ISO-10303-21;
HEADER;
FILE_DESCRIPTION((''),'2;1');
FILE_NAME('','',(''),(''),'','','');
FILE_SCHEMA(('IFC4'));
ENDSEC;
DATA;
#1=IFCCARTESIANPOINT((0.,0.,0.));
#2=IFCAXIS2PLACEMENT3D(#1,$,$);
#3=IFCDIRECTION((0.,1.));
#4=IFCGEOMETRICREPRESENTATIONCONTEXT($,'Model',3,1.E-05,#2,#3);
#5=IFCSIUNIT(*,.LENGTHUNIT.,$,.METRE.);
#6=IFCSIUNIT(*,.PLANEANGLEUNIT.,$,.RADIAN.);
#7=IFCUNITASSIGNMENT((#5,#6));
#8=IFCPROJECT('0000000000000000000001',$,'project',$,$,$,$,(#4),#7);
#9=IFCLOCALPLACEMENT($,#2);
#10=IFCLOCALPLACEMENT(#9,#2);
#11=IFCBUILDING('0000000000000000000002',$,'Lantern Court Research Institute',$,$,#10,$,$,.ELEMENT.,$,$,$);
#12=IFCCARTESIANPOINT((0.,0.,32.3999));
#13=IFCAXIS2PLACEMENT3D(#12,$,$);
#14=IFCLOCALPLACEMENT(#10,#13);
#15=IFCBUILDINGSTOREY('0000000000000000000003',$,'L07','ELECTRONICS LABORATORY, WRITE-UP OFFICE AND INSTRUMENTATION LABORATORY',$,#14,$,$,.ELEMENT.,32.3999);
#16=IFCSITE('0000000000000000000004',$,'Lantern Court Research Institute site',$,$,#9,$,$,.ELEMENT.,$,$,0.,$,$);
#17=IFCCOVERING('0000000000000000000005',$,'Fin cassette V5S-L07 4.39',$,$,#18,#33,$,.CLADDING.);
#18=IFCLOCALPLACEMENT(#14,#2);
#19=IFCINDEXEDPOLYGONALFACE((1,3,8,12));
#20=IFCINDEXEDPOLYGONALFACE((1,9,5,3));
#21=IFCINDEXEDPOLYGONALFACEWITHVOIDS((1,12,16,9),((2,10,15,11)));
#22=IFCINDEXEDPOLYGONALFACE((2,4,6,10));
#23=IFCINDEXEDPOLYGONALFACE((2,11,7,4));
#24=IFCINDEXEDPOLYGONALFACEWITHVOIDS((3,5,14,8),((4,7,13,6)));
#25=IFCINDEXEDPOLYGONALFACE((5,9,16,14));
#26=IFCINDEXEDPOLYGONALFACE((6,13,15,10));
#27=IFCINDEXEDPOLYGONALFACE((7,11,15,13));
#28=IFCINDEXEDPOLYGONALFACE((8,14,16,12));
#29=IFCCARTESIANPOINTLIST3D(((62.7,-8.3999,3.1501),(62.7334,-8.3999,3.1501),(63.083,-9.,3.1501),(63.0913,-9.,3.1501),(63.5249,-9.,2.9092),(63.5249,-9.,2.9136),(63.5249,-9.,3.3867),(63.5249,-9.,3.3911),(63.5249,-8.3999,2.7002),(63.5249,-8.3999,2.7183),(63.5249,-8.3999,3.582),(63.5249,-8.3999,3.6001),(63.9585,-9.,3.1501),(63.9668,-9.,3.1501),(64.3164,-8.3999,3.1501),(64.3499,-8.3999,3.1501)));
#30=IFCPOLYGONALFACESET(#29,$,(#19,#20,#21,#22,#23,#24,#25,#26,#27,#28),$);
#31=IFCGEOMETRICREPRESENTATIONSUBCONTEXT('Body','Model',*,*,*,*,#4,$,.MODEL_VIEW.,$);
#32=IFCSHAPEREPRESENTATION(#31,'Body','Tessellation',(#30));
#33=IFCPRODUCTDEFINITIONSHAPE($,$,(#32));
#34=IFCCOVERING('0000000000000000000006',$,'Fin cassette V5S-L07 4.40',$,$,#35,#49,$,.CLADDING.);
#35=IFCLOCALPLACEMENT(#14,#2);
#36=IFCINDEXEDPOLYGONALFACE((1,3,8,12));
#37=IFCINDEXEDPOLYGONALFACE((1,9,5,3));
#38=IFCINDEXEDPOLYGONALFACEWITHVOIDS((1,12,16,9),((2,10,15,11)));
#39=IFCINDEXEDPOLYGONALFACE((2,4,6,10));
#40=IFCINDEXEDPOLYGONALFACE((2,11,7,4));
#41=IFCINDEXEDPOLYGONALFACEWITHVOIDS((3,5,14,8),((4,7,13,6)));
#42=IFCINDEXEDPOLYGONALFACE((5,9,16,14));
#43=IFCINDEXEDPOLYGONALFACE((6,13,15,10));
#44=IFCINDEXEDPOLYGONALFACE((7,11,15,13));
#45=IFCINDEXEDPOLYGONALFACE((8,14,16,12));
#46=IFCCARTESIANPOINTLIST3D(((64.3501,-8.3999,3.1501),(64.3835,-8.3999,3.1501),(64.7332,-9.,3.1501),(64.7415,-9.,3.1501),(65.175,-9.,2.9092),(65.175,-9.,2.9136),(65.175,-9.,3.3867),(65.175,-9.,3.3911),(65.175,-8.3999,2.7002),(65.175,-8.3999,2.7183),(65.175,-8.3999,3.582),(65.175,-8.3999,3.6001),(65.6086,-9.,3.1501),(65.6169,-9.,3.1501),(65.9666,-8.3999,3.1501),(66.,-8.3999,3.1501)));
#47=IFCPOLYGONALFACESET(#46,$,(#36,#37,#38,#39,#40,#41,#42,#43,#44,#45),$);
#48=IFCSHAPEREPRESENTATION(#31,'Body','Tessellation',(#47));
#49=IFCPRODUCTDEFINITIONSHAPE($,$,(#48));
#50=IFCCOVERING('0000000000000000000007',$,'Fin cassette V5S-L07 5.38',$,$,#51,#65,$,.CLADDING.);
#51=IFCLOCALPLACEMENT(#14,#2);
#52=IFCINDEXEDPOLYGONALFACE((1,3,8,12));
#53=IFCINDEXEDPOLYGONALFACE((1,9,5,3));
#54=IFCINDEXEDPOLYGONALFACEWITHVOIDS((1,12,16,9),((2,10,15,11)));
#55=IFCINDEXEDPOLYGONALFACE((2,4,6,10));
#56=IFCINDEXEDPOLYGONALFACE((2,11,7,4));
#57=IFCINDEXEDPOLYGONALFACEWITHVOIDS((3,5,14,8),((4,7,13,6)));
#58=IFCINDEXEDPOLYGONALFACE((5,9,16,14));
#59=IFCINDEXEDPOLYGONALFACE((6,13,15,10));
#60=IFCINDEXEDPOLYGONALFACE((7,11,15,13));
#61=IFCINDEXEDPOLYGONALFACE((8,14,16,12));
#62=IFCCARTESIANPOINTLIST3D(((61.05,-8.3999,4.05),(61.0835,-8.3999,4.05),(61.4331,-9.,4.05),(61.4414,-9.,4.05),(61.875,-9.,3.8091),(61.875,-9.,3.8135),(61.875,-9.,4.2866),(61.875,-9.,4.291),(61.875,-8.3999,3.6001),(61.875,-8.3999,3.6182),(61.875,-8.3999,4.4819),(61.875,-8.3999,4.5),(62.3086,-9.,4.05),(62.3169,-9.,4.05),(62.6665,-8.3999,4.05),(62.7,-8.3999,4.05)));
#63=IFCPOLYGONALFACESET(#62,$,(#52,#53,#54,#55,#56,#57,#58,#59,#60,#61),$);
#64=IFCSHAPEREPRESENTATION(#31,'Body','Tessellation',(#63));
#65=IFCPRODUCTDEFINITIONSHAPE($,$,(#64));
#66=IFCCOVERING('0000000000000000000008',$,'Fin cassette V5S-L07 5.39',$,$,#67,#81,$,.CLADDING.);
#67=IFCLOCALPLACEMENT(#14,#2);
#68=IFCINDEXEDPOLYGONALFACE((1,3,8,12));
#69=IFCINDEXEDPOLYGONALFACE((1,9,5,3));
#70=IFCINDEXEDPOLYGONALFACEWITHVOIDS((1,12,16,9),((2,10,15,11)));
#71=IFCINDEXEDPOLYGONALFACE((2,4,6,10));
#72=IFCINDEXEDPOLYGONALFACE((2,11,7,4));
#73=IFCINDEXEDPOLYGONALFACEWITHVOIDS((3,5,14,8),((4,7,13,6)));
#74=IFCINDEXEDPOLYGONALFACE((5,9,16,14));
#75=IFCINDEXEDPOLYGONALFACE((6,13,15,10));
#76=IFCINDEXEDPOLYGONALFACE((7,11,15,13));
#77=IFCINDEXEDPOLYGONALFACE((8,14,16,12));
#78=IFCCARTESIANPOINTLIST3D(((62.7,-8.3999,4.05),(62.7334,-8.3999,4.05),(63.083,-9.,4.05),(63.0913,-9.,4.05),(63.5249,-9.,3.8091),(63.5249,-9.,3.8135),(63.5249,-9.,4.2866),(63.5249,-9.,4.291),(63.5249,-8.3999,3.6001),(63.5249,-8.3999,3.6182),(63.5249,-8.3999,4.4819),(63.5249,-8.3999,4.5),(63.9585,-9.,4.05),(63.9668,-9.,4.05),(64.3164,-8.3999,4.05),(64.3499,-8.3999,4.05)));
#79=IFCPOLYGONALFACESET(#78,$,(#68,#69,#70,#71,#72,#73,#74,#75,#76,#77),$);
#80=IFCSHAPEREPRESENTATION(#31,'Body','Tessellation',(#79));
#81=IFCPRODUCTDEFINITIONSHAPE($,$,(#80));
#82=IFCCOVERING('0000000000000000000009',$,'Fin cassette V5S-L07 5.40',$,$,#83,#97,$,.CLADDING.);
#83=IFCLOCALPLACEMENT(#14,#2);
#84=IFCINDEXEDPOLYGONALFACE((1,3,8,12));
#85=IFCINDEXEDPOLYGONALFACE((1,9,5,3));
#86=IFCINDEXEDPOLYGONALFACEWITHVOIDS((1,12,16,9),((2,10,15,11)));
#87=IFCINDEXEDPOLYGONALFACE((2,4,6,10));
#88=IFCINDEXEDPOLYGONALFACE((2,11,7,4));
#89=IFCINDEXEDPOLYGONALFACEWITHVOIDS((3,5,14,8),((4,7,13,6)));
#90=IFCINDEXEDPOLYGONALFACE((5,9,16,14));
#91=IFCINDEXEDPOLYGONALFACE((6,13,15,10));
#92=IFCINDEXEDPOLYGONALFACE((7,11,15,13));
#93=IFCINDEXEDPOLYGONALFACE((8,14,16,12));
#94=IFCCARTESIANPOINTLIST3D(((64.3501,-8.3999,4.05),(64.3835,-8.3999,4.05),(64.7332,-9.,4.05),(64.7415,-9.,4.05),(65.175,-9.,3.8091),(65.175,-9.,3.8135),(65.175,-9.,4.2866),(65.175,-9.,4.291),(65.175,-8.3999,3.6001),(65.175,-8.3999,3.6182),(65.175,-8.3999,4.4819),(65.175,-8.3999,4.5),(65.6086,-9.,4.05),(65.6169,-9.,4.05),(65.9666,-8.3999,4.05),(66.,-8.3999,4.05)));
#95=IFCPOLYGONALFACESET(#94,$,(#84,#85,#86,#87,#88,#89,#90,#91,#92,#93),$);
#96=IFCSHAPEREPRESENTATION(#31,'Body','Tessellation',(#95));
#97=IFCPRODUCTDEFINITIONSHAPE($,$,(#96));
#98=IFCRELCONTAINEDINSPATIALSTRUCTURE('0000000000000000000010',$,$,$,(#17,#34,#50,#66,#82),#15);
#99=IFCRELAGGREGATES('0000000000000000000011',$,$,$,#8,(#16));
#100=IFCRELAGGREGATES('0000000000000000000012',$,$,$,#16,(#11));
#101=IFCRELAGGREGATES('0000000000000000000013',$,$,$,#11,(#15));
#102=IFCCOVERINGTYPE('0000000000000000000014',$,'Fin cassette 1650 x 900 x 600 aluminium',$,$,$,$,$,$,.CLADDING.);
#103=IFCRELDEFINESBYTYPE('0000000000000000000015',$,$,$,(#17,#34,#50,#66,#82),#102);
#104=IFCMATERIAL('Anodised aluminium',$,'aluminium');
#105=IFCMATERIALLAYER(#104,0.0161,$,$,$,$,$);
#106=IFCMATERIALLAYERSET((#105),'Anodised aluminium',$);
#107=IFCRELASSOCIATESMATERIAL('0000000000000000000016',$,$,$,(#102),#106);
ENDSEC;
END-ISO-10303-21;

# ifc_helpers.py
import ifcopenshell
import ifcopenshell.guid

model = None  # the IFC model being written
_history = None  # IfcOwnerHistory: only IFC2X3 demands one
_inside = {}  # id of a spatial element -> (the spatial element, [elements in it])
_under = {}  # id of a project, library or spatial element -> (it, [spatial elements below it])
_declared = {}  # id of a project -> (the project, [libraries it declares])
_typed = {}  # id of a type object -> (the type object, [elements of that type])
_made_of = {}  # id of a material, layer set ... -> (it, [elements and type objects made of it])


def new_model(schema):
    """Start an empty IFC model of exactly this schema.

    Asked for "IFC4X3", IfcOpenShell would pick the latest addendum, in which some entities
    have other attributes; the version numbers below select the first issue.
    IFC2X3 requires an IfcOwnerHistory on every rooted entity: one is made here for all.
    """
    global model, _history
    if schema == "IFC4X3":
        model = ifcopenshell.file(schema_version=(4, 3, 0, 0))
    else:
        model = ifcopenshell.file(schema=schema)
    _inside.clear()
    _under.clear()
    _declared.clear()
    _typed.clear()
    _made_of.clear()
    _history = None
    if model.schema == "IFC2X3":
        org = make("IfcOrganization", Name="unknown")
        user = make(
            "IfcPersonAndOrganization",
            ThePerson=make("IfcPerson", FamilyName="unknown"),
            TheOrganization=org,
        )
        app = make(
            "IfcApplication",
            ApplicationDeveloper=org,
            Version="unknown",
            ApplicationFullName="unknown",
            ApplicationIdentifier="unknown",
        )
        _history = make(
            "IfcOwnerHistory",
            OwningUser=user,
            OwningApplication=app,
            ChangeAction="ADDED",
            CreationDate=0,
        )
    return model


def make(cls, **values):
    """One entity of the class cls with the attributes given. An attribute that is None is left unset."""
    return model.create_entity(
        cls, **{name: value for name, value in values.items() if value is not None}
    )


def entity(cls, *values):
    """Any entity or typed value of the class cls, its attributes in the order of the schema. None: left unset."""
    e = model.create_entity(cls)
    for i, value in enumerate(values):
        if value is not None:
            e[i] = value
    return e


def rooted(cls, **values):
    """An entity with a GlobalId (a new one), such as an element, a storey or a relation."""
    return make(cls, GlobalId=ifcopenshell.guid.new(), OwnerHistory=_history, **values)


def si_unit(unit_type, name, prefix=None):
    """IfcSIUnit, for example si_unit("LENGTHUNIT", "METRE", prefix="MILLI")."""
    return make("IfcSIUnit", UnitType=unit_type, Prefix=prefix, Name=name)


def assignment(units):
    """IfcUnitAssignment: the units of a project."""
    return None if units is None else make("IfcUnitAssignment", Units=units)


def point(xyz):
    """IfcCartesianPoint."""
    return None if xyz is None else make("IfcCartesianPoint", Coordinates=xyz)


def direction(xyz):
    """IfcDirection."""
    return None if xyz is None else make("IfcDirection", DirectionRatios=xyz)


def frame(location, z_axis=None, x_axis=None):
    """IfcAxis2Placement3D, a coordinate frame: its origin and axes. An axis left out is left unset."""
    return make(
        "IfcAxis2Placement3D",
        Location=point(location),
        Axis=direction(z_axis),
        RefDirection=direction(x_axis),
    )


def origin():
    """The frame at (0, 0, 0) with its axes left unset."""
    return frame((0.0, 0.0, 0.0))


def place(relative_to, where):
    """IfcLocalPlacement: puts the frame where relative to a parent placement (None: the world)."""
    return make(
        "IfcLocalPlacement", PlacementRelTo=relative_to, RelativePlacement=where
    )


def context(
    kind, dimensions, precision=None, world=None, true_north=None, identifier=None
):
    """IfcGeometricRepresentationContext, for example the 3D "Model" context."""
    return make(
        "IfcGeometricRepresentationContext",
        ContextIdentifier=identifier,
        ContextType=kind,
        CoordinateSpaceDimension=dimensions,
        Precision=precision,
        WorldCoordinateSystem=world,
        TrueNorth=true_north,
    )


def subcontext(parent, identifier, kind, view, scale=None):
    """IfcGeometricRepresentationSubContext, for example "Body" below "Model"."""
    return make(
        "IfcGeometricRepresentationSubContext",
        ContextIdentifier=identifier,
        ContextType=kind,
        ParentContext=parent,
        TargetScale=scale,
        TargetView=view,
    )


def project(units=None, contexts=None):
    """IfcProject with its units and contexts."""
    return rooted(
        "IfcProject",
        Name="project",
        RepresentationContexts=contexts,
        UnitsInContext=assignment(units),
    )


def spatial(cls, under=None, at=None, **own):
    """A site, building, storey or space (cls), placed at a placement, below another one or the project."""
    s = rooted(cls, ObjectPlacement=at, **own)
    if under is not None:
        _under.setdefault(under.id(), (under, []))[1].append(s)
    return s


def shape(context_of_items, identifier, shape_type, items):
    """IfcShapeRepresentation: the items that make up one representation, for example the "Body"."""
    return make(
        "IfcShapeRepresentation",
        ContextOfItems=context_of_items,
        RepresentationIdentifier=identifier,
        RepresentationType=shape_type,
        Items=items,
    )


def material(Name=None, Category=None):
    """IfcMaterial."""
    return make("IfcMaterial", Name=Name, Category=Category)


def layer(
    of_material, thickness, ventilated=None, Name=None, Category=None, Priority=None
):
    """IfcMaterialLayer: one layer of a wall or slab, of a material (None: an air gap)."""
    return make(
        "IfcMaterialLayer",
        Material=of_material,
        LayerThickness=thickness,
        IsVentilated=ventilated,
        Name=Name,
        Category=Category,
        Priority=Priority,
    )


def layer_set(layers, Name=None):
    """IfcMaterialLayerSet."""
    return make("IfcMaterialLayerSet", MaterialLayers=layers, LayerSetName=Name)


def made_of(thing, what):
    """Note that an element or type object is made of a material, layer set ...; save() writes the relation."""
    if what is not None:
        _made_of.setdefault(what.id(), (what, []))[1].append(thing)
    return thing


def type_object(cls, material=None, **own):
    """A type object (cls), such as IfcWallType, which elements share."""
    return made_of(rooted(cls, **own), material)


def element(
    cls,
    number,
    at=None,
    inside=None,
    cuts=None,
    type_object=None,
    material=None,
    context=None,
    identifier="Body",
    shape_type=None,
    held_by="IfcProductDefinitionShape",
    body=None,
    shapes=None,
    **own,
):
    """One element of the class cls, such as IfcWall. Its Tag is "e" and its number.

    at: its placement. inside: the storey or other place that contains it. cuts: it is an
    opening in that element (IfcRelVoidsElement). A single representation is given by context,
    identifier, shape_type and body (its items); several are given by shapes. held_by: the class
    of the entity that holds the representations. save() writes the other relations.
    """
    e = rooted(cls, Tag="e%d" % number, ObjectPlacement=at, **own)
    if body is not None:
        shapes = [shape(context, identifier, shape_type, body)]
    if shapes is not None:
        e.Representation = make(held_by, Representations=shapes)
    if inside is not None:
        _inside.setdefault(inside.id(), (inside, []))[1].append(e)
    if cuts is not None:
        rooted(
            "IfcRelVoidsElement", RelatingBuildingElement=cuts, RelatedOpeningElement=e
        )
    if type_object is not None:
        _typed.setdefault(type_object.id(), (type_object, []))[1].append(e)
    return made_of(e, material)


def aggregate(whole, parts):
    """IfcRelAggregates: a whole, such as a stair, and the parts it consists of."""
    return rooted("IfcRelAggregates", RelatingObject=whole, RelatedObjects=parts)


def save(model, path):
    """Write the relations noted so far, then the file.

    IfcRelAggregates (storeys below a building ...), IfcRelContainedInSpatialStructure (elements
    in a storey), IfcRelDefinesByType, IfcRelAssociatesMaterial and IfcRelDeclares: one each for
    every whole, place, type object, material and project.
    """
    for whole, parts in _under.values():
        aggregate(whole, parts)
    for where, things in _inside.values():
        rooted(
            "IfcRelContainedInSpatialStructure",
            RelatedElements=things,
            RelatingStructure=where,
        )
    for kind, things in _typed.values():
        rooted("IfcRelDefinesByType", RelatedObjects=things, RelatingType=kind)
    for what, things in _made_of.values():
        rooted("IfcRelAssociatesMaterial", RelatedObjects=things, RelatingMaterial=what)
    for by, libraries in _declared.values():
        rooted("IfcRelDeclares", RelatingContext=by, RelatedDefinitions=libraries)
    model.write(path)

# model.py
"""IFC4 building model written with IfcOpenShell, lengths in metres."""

from ifc_helpers import new_model, entity, si_unit, direction, frame, origin, place, context, subcontext, project, spatial, material, layer, layer_set, type_object, element, save


model = new_model("IFC4")

# Units and contexts
model_context = context("Model", 3, precision=1e-05, world=origin(), true_north=direction((0.0, 1.0)))
body_context = subcontext(model_context, "Body", "Model", "MODEL_VIEW")
ifc_project = project(units=[si_unit("LENGTHUNIT", "METRE"), si_unit("PLANEANGLEUNIT", "RADIAN")], contexts=[model_context])

# Site, building, storey
site_placement = place(None, origin())
site = spatial("IfcSite", under=ifc_project, at=site_placement, Name="Lantern Court Research Institute site", CompositionType="ELEMENT", RefElevation=0.0)
building_placement = place(site_placement, origin())
building = spatial("IfcBuilding", under=site, at=building_placement, Name="Lantern Court Research Institute", CompositionType="ELEMENT")
storey_placement = place(building_placement, frame((0.0, 0.0, 32.3999)))
storey = spatial("IfcBuildingStorey", under=building, at=storey_placement, Name="L07", Description="ELECTRONICS LABORATORY, WRITE-UP OFFICE AND INSTRUMENTATION LABORATORY", CompositionType="ELEMENT", Elevation=32.3999)

# Coverings
ifc_material_1 = material(Name="Anodised aluminium", Category="aluminium")
ifc_layer_1 = layer(ifc_material_1, 0.0161)
ifc_layer_set_1 = layer_set([ifc_layer_1], Name="Anodised aluminium")
covering_type = type_object("IfcCoveringType", Name="Fin cassette 1650 x 900 x 600 aluminium", PredefinedType="CLADDING", material=ifc_layer_set_1)
covering_1_placement = place(storey_placement, frame((63.5249, -8.3999, 3.1501), z_axis=(0.0, -1.0, 0.0), x_axis=(1.0, 0.0, 0.0)))
cartesian_point_1 = entity("IfcCartesianPoint", [0.825, 0.0])
cartesian_point_2 = entity("IfcCartesianPoint", [0.7915, 0.0])
cartesian_point_3 = entity("IfcCartesianPoint", [0.4419, 0.0])
cartesian_point_4 = entity("IfcCartesianPoint", [0.4336, 0.0])
element("IfcCovering", 1, at=covering_1_placement, inside=storey, type_object=covering_type, Name="Fin cassette V5S-L07 4.39", PredefinedType="CLADDING", context=body_context, shape_type="SweptSolid", body=[
    entity("IfcExtrudedAreaSolidTapered", entity("IfcArbitraryProfileDefWithVoids", "AREA", None, entity("IfcPolyline", [cartesian_point_1, entity("IfcCartesianPoint", [0.0, 0.45]), entity("IfcCartesianPoint", [-0.825, 0.0]), entity("IfcCartesianPoint", [0.0, -0.45]), cartesian_point_1]), [entity("IfcPolyline", [cartesian_point_2, entity("IfcCartesianPoint", [0.0, 0.4319]), entity("IfcCartesianPoint", [-0.7915, 0.0]), entity("IfcCartesianPoint", [0.0, -0.4319]), cartesian_point_2])]), entity("IfcAxis2Placement3D", entity("IfcCartesianPoint", [0.0, 0.0, 0.0])), entity("IfcDirection", [0.0, 0.0, 1.0]), 0.6001, entity("IfcArbitraryProfileDefWithVoids", "AREA", None, entity("IfcPolyline", [cartesian_point_3, entity("IfcCartesianPoint", [0.0, 0.241]), entity("IfcCartesianPoint", [-0.4419, 0.0]), entity("IfcCartesianPoint", [0.0, -0.241]), cartesian_point_3]), [entity("IfcPolyline", [cartesian_point_4, entity("IfcCartesianPoint", [0.0, 0.2366]), entity("IfcCartesianPoint", [-0.4336, 0.0]), entity("IfcCartesianPoint", [0.0, -0.2366]), cartesian_point_4])])),
])
covering_2_placement = place(storey_placement, frame((65.175, -8.3999, 3.1501), z_axis=(0.0, -1.0, 0.0), x_axis=(1.0, 0.0, 0.0)))
cartesian_point_5 = entity("IfcCartesianPoint", [0.825, 0.0])
cartesian_point_6 = entity("IfcCartesianPoint", [0.7915, 0.0])
cartesian_point_7 = entity("IfcCartesianPoint", [0.4419, 0.0])
cartesian_point_8 = entity("IfcCartesianPoint", [0.4336, 0.0])
element("IfcCovering", 2, at=covering_2_placement, inside=storey, type_object=covering_type, Name="Fin cassette V5S-L07 4.40", PredefinedType="CLADDING", context=body_context, shape_type="SweptSolid", body=[
    entity("IfcExtrudedAreaSolidTapered", entity("IfcArbitraryProfileDefWithVoids", "AREA", None, entity("IfcPolyline", [cartesian_point_5, entity("IfcCartesianPoint", [0.0, 0.45]), entity("IfcCartesianPoint", [-0.825, 0.0]), entity("IfcCartesianPoint", [0.0, -0.45]), cartesian_point_5]), [entity("IfcPolyline", [cartesian_point_6, entity("IfcCartesianPoint", [0.0, 0.4319]), entity("IfcCartesianPoint", [-0.7915, 0.0]), entity("IfcCartesianPoint", [0.0, -0.4319]), cartesian_point_6])]), entity("IfcAxis2Placement3D", entity("IfcCartesianPoint", [0.0, 0.0, 0.0])), entity("IfcDirection", [0.0, 0.0, 1.0]), 0.6001, entity("IfcArbitraryProfileDefWithVoids", "AREA", None, entity("IfcPolyline", [cartesian_point_7, entity("IfcCartesianPoint", [0.0, 0.241]), entity("IfcCartesianPoint", [-0.4419, 0.0]), entity("IfcCartesianPoint", [0.0, -0.241]), cartesian_point_7]), [entity("IfcPolyline", [cartesian_point_8, entity("IfcCartesianPoint", [0.0, 0.2366]), entity("IfcCartesianPoint", [-0.4336, 0.0]), entity("IfcCartesianPoint", [0.0, -0.2366]), cartesian_point_8])])),
])
covering_3_placement = place(storey_placement, frame((61.875, -8.3999, 4.05), z_axis=(0.0, -1.0, 0.0), x_axis=(1.0, 0.0, 0.0)))
cartesian_point_9 = entity("IfcCartesianPoint", [0.825, 0.0])
cartesian_point_10 = entity("IfcCartesianPoint", [0.7915, 0.0])
cartesian_point_11 = entity("IfcCartesianPoint", [0.4419, 0.0])
cartesian_point_12 = entity("IfcCartesianPoint", [0.4336, 0.0])
element("IfcCovering", 3, at=covering_3_placement, inside=storey, type_object=covering_type, Name="Fin cassette V5S-L07 5.38", PredefinedType="CLADDING", context=body_context, shape_type="SweptSolid", body=[
    entity("IfcExtrudedAreaSolidTapered", entity("IfcArbitraryProfileDefWithVoids", "AREA", None, entity("IfcPolyline", [cartesian_point_9, entity("IfcCartesianPoint", [0.0, 0.45]), entity("IfcCartesianPoint", [-0.825, 0.0]), entity("IfcCartesianPoint", [0.0, -0.45]), cartesian_point_9]), [entity("IfcPolyline", [cartesian_point_10, entity("IfcCartesianPoint", [0.0, 0.4319]), entity("IfcCartesianPoint", [-0.7915, 0.0]), entity("IfcCartesianPoint", [0.0, -0.4319]), cartesian_point_10])]), entity("IfcAxis2Placement3D", entity("IfcCartesianPoint", [0.0, 0.0, 0.0])), entity("IfcDirection", [0.0, 0.0, 1.0]), 0.6001, entity("IfcArbitraryProfileDefWithVoids", "AREA", None, entity("IfcPolyline", [cartesian_point_11, entity("IfcCartesianPoint", [0.0, 0.241]), entity("IfcCartesianPoint", [-0.4419, 0.0]), entity("IfcCartesianPoint", [0.0, -0.241]), cartesian_point_11]), [entity("IfcPolyline", [cartesian_point_12, entity("IfcCartesianPoint", [0.0, 0.2366]), entity("IfcCartesianPoint", [-0.4336, 0.0]), entity("IfcCartesianPoint", [0.0, -0.2366]), cartesian_point_12])])),
])
covering_4_placement = place(storey_placement, frame((63.5249, -8.3999, 4.05), z_axis=(0.0, -1.0, 0.0), x_axis=(1.0, 0.0, 0.0)))
cartesian_point_13 = entity("IfcCartesianPoint", [0.825, 0.0])
cartesian_point_14 = entity("IfcCartesianPoint", [0.7915, 0.0])
cartesian_point_15 = entity("IfcCartesianPoint", [0.4419, 0.0])
cartesian_point_16 = entity("IfcCartesianPoint", [0.4336, 0.0])
element("IfcCovering", 4, at=covering_4_placement, inside=storey, type_object=covering_type, Name="Fin cassette V5S-L07 5.39", PredefinedType="CLADDING", context=body_context, shape_type="SweptSolid", body=[
    entity("IfcExtrudedAreaSolidTapered", entity("IfcArbitraryProfileDefWithVoids", "AREA", None, entity("IfcPolyline", [cartesian_point_13, entity("IfcCartesianPoint", [0.0, 0.45]), entity("IfcCartesianPoint", [-0.825, 0.0]), entity("IfcCartesianPoint", [0.0, -0.45]), cartesian_point_13]), [entity("IfcPolyline", [cartesian_point_14, entity("IfcCartesianPoint", [0.0, 0.4319]), entity("IfcCartesianPoint", [-0.7915, 0.0]), entity("IfcCartesianPoint", [0.0, -0.4319]), cartesian_point_14])]), entity("IfcAxis2Placement3D", entity("IfcCartesianPoint", [0.0, 0.0, 0.0])), entity("IfcDirection", [0.0, 0.0, 1.0]), 0.6001, entity("IfcArbitraryProfileDefWithVoids", "AREA", None, entity("IfcPolyline", [cartesian_point_15, entity("IfcCartesianPoint", [0.0, 0.241]), entity("IfcCartesianPoint", [-0.4419, 0.0]), entity("IfcCartesianPoint", [0.0, -0.241]), cartesian_point_15]), [entity("IfcPolyline", [cartesian_point_16, entity("IfcCartesianPoint", [0.0, 0.2366]), entity("IfcCartesianPoint", [-0.4336, 0.0]), entity("IfcCartesianPoint", [0.0, -0.2366]), cartesian_point_16])])),
])
covering_5_placement = place(storey_placement, frame((65.175, -8.3999, 4.05), z_axis=(0.0, -1.0, 0.0), x_axis=(1.0, 0.0, 0.0)))
cartesian_point_17 = entity("IfcCartesianPoint", [0.825, 0.0])
cartesian_point_18 = entity("IfcCartesianPoint", [0.7915, 0.0])
cartesian_point_19 = entity("IfcCartesianPoint", [0.4419, 0.0])
cartesian_point_20 = entity("IfcCartesianPoint", [0.4336, 0.0])
element("IfcCovering", 5, at=covering_5_placement, inside=storey, type_object=covering_type, Name="Fin cassette V5S-L07 5.40", PredefinedType="CLADDING", context=body_context, shape_type="SweptSolid", body=[
    entity("IfcExtrudedAreaSolidTapered", entity("IfcArbitraryProfileDefWithVoids", "AREA", None, entity("IfcPolyline", [cartesian_point_17, entity("IfcCartesianPoint", [0.0, 0.45]), entity("IfcCartesianPoint", [-0.825, 0.0]), entity("IfcCartesianPoint", [0.0, -0.45]), cartesian_point_17]), [entity("IfcPolyline", [cartesian_point_18, entity("IfcCartesianPoint", [0.0, 0.4319]), entity("IfcCartesianPoint", [-0.7915, 0.0]), entity("IfcCartesianPoint", [0.0, -0.4319]), cartesian_point_18])]), entity("IfcAxis2Placement3D", entity("IfcCartesianPoint", [0.0, 0.0, 0.0])), entity("IfcDirection", [0.0, 0.0, 1.0]), 0.6001, entity("IfcArbitraryProfileDefWithVoids", "AREA", None, entity("IfcPolyline", [cartesian_point_19, entity("IfcCartesianPoint", [0.0, 0.241]), entity("IfcCartesianPoint", [-0.4419, 0.0]), entity("IfcCartesianPoint", [0.0, -0.241]), cartesian_point_19]), [entity("IfcPolyline", [cartesian_point_20, entity("IfcCartesianPoint", [0.0, 0.2366]), entity("IfcCartesianPoint", [-0.4336, 0.0]), entity("IfcCartesianPoint", [0.0, -0.2366]), cartesian_point_20])])),
])

save(model, "model.ifc")
